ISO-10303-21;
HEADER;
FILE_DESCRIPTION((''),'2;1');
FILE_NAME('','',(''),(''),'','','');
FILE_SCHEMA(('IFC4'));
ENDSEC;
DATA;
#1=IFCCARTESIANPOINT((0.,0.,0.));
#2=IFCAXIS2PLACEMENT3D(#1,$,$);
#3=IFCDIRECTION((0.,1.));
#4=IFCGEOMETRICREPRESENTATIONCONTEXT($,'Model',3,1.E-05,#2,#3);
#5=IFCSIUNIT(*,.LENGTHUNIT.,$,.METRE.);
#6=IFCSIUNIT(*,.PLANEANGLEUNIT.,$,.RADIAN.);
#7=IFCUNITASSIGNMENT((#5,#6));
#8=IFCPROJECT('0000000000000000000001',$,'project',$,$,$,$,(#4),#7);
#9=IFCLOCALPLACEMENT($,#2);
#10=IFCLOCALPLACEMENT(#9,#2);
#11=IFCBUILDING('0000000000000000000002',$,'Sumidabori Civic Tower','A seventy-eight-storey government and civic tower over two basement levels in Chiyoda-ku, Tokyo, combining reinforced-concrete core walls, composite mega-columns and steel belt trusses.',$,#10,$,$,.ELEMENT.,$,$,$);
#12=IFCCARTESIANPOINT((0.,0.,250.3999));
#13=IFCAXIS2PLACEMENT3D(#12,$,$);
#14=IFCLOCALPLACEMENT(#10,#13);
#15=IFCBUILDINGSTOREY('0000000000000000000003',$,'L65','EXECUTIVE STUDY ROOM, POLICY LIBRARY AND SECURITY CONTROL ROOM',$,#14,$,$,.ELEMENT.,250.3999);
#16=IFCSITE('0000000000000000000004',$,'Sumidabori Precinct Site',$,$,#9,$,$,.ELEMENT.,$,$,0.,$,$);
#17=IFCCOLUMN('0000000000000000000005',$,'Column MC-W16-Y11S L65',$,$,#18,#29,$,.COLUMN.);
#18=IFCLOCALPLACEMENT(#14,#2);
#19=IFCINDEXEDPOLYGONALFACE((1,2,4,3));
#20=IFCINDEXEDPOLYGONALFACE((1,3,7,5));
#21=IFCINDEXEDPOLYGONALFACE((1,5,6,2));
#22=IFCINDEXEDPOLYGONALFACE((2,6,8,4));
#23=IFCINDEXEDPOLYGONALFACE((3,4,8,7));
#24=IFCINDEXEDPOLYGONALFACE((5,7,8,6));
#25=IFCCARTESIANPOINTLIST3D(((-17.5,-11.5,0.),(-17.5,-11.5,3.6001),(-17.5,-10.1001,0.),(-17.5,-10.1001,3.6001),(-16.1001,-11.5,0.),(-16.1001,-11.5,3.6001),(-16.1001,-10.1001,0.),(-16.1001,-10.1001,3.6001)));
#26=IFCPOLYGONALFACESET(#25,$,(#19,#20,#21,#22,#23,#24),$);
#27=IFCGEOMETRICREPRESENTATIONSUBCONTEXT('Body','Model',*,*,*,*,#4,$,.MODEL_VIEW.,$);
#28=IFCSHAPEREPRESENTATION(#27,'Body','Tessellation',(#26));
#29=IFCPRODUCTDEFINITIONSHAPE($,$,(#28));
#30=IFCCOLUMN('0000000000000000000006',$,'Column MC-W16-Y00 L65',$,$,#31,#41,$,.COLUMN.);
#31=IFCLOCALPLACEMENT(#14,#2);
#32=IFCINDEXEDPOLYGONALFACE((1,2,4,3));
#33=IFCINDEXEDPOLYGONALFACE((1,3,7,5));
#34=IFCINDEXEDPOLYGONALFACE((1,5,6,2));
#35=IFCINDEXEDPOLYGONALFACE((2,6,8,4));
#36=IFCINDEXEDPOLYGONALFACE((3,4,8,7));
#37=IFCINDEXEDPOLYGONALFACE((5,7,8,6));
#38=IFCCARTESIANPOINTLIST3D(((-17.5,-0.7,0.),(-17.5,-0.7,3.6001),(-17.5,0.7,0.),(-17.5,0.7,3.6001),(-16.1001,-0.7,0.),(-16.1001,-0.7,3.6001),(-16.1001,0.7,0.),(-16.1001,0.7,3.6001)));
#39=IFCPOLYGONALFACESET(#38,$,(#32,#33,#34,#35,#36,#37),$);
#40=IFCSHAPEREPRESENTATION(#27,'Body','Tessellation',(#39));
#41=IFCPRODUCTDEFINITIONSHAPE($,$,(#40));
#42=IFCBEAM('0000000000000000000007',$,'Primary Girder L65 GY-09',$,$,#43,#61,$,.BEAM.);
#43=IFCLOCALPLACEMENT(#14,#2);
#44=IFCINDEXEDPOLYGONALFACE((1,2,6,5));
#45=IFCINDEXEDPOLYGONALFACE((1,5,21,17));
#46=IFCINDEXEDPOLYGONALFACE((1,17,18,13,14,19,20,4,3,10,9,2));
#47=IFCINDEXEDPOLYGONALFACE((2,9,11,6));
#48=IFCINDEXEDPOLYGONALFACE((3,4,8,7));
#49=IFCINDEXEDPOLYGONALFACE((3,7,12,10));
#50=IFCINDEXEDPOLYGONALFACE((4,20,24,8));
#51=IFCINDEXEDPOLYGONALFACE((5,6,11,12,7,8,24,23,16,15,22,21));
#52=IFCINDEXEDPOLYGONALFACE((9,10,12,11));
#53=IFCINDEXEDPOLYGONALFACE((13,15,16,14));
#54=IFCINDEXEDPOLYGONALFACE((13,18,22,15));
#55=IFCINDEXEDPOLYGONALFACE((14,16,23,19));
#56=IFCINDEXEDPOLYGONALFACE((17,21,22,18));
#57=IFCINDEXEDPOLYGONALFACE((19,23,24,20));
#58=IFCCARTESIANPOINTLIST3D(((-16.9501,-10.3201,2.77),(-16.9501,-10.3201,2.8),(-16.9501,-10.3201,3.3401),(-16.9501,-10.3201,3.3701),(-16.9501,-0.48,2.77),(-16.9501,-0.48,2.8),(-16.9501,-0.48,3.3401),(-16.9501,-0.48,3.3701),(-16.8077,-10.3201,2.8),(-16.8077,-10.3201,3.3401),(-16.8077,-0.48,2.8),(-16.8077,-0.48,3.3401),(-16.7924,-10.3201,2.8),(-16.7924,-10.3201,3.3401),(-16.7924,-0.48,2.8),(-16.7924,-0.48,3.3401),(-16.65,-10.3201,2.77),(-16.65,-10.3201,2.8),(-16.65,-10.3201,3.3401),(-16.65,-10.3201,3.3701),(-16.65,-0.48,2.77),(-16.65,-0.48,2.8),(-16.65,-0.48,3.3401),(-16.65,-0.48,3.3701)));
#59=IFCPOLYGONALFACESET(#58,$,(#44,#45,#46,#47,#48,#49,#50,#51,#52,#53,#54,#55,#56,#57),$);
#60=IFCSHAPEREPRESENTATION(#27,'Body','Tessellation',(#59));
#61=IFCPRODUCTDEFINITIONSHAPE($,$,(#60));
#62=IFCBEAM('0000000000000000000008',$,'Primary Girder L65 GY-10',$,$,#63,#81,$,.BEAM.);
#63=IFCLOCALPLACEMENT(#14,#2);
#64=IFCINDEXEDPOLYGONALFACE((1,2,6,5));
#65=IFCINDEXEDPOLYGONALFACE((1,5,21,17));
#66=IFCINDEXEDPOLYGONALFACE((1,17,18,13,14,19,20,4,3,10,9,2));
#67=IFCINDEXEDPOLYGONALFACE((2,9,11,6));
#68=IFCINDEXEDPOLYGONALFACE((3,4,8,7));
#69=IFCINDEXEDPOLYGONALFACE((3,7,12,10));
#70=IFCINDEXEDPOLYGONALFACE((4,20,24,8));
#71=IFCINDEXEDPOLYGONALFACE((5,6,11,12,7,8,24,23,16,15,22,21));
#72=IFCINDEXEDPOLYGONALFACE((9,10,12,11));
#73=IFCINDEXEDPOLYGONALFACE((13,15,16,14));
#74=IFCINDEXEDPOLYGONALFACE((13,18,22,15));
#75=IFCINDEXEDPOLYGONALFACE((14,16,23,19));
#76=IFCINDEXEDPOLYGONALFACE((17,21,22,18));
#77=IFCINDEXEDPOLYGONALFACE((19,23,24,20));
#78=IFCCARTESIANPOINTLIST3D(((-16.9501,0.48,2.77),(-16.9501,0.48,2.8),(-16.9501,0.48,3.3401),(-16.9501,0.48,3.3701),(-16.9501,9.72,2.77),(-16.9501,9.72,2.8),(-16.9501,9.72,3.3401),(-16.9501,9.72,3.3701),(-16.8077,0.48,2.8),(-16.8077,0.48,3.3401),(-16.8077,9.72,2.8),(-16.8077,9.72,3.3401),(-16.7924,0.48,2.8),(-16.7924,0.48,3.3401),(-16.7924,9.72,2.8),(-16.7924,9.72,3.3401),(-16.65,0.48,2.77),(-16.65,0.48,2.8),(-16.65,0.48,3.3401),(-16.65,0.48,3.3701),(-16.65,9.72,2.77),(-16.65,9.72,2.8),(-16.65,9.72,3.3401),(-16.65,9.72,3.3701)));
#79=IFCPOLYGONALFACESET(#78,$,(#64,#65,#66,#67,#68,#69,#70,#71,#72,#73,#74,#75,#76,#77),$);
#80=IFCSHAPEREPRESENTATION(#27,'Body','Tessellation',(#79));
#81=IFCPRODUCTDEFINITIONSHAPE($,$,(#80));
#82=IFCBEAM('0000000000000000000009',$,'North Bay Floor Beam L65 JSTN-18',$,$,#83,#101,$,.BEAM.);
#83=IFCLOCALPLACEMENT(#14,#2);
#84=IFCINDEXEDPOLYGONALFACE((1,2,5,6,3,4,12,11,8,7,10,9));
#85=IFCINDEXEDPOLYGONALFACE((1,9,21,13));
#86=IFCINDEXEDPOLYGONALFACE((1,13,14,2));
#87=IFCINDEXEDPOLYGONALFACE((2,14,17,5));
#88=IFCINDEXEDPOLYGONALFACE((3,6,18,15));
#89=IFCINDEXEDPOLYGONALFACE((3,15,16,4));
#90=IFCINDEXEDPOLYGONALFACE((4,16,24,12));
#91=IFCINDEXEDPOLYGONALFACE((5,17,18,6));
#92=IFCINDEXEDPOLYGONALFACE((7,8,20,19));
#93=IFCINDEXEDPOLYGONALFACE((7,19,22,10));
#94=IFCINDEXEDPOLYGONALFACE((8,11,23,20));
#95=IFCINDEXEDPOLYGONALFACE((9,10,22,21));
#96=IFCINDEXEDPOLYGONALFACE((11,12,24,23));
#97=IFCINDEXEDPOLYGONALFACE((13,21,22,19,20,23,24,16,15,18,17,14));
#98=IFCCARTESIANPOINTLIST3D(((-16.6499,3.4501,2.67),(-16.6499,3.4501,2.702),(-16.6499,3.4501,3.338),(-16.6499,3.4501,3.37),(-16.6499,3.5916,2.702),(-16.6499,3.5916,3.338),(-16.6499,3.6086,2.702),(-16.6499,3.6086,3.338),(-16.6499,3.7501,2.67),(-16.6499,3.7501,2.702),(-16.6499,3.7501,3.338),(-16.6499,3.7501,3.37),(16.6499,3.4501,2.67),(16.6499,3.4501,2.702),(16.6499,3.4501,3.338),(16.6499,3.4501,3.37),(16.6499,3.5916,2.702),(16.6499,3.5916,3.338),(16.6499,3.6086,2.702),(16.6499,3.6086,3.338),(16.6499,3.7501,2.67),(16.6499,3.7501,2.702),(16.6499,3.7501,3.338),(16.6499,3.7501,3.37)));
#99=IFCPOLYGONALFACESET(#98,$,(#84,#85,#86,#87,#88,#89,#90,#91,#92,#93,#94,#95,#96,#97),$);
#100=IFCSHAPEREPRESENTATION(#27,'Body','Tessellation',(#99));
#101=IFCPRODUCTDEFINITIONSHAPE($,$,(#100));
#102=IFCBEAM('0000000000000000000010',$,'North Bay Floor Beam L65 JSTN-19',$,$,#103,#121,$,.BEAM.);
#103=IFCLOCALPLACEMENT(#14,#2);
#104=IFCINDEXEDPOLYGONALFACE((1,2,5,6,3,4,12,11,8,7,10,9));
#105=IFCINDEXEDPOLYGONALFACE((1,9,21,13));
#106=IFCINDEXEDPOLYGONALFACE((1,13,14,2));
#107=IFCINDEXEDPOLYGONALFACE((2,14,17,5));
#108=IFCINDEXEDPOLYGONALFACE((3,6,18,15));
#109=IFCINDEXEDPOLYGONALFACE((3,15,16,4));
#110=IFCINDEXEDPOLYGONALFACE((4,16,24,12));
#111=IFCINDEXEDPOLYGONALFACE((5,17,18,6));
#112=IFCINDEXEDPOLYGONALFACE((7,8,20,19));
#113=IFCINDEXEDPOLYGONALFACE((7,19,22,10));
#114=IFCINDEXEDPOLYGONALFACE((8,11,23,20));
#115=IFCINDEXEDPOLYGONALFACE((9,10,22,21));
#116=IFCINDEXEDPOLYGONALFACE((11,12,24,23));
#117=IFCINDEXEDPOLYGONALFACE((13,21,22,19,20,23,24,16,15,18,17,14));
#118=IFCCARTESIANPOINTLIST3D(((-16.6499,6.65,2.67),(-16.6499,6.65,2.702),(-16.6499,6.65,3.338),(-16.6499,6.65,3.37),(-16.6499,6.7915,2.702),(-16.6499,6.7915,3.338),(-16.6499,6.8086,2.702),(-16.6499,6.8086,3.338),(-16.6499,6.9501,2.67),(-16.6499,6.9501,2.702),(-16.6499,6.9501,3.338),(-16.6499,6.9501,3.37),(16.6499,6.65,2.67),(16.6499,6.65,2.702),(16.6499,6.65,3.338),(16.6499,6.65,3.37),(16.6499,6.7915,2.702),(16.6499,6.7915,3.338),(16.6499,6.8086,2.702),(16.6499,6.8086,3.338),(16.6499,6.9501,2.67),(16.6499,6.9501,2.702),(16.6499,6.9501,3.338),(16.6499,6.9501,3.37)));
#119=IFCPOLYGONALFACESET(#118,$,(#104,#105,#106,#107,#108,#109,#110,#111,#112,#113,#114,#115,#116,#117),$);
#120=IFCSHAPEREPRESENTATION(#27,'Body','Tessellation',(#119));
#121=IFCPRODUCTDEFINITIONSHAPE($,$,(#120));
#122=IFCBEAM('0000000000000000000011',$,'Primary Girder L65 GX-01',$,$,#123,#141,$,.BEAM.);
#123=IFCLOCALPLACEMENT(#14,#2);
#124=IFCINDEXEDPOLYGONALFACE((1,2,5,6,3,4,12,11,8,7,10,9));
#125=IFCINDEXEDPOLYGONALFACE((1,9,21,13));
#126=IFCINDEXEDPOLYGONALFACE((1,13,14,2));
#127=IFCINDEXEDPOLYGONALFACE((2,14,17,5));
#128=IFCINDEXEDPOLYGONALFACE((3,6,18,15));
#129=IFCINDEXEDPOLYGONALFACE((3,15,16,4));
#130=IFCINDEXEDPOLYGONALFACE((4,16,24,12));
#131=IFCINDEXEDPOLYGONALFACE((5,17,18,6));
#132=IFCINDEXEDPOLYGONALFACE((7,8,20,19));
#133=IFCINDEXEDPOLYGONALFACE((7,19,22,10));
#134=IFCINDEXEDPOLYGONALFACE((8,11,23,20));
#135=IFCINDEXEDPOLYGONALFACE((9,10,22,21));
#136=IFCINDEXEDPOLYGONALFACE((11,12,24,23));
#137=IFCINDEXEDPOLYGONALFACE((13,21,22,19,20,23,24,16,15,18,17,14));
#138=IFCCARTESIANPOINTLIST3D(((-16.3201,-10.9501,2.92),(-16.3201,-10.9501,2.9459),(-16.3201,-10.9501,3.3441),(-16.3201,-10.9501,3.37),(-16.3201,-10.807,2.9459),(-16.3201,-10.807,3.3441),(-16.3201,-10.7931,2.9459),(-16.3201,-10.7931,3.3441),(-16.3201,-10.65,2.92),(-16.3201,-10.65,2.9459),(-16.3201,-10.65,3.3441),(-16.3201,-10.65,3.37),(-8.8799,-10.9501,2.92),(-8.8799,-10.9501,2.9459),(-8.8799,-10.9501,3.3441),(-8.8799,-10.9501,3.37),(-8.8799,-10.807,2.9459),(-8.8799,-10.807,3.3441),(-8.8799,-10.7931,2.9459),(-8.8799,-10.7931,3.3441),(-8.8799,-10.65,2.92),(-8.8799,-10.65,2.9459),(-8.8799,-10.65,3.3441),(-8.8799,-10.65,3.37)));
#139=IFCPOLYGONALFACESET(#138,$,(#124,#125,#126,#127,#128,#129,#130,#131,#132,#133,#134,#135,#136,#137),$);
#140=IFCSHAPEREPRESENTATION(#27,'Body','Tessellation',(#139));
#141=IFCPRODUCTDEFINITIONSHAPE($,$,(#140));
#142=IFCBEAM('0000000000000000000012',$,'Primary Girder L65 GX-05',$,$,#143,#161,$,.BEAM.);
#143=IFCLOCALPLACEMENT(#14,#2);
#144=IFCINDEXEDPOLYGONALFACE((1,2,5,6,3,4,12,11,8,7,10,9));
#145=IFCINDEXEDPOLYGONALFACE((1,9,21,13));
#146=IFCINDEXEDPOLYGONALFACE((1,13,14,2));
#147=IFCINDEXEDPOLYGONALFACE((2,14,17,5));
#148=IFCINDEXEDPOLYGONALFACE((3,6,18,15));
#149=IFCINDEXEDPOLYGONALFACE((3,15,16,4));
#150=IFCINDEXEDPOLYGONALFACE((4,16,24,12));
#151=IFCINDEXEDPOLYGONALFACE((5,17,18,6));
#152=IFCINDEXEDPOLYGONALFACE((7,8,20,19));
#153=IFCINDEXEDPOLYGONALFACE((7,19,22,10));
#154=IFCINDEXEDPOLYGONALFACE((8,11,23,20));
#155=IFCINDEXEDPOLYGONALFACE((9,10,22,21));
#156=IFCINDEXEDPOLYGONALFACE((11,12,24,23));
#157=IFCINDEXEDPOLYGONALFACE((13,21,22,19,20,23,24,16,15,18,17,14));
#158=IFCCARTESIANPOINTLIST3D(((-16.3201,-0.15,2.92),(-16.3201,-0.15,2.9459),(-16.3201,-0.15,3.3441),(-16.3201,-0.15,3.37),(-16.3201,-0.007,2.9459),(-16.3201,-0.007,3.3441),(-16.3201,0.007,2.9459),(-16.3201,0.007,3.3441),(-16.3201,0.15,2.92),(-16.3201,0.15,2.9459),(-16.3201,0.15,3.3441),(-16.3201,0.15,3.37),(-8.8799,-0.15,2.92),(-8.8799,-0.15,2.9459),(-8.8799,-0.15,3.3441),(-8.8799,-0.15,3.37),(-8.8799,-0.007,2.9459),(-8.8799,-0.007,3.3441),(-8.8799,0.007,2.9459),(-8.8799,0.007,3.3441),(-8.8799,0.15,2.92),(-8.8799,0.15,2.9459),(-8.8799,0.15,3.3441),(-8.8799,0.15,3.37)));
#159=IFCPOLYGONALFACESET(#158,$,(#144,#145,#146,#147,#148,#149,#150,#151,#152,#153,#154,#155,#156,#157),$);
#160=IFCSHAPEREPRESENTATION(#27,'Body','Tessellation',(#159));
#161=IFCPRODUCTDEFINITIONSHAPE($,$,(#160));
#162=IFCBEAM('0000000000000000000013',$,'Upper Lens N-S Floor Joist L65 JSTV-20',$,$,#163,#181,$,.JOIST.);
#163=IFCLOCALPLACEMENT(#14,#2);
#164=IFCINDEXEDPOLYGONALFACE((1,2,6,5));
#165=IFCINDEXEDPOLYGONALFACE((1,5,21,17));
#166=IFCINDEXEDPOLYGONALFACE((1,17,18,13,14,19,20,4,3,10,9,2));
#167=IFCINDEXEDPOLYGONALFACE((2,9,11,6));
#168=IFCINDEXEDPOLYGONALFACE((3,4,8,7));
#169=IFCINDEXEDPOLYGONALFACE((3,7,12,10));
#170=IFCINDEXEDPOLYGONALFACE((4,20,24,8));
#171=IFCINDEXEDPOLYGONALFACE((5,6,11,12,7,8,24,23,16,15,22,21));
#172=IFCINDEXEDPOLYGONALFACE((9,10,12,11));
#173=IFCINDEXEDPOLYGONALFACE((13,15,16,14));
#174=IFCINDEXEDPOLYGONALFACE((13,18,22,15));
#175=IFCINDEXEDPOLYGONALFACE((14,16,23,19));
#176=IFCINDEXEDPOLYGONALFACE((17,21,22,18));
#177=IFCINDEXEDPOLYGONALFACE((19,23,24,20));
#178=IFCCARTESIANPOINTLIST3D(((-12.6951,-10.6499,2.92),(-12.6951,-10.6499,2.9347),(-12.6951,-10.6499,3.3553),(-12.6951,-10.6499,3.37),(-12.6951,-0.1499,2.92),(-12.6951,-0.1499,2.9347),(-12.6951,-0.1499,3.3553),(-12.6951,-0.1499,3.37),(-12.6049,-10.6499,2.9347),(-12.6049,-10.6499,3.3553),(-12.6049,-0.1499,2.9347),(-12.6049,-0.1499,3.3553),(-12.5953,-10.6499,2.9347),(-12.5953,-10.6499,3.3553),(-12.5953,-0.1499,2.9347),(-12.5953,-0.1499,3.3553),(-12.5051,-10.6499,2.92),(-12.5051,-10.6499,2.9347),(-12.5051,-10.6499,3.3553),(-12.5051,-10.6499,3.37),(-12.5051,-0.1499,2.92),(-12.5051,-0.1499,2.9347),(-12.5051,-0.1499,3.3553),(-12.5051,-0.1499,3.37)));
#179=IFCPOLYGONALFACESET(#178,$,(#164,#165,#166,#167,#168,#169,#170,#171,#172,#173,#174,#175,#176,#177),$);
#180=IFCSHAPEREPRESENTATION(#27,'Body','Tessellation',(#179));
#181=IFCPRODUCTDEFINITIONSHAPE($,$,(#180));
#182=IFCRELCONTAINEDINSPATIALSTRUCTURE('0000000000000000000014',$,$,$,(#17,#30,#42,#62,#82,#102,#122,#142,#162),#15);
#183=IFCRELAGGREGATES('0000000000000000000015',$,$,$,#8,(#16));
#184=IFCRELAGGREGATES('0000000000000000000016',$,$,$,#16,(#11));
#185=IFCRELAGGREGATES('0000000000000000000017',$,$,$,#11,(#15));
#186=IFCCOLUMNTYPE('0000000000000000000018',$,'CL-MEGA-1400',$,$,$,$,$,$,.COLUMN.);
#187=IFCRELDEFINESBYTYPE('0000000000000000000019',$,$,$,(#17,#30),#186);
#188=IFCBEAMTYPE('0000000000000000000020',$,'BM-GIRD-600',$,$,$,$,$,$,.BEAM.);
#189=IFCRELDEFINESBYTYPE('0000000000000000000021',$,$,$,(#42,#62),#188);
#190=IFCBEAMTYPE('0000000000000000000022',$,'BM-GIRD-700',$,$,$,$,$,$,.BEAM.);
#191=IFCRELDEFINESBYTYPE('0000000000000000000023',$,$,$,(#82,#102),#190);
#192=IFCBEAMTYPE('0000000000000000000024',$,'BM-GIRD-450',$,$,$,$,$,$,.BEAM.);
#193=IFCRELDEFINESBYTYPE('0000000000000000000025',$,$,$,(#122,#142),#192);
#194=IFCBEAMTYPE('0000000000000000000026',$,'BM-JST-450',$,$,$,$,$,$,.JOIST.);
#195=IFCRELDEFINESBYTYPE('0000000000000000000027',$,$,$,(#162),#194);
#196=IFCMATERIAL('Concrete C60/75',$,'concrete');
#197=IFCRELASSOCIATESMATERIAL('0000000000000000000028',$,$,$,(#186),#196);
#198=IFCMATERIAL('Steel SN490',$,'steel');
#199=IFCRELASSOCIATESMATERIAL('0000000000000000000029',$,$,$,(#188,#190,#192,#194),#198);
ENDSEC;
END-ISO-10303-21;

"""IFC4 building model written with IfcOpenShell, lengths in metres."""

from ifc_helpers import new_model, si_unit, direction, frame, origin, origin_2d, place, context, subcontext, project, spatial, rectangle, i_section, extrude, source, transform, mapped, material, material_profile, profile_set, type_object, element, save


model = new_model("IFC4")

# Units and contexts
model_context = context("Model", 3, precision=1e-05, world=origin(), true_north=direction((0.0, 1.0)))
body_context = subcontext(model_context, "Body", "Model", "MODEL_VIEW")
ifc_project = project(units=[si_unit("LENGTHUNIT", "METRE"), si_unit("PLANEANGLEUNIT", "RADIAN")], contexts=[model_context])

# Site, building, storey
site_placement = place(None, origin())
site = spatial("IfcSite", under=ifc_project, at=site_placement, Name="Sumidabori Precinct Site", CompositionType="ELEMENT", RefElevation=0.0)
building_placement = place(site_placement, origin())
building = spatial("IfcBuilding", under=site, at=building_placement, Name="Sumidabori Civic Tower", Description="A seventy-eight-storey government and civic tower over two basement levels in Chiyoda-ku, Tokyo, combining reinforced-concrete core walls, composite mega-columns and steel belt trusses.", CompositionType="ELEMENT")
storey_placement = place(building_placement, frame((0.0, 0.0, 250.3999)))
storey = spatial("IfcBuildingStorey", under=building, at=storey_placement, Name="L65", Description="EXECUTIVE STUDY ROOM, POLICY LIBRARY AND SECURITY CONTROL ROOM", CompositionType="ELEMENT", Elevation=250.3999)

# Columns
ifc_material_1 = material(Name="Concrete C60/75", Category="concrete")
ifc_material_profile_1 = material_profile(ifc_material_1, rectangle(XDim=1.3999, YDim=1.3999, at=origin_2d()), Name="RC 1400x1400")
ifc_profile_set_1 = profile_set([ifc_material_profile_1], Name="Concrete C60/75")
column_type = type_object("IfcColumnType", Name="CL-MEGA-1400", PredefinedType="COLUMN", material=ifc_profile_set_1)
shared_shape_1 = source(origin(), body_context, "Body", "SweptSolid", [
    extrude(rectangle(XDim=1.3999, YDim=1.3999, at=origin_2d()), origin(), (0.0, 0.0, 1.0), 3.6001),
])
for number, where, z_axis, x_axis, name in (
    (1, (-16.8, -10.8, 0.0), (0.0, 0.0, 1.0), (1.0, 0.0, 0.0), "Column MC-W16-Y11S L65"),
    (2, (-16.8, 0.0, 0.0), (0.0, 0.0, 1.0), (1.0, 0.0, 0.0), "Column MC-W16-Y00 L65"),
):
    element("IfcColumn", number, at=place(storey_placement, frame(where, z_axis=z_axis, x_axis=x_axis)), inside=storey, type_object=column_type, Name=name, PredefinedType="COLUMN", context=body_context, shape_type="MappedRepresentation", body=[
        mapped(shared_shape_1, transform((0.0, 0.0, 0.0), x_axis=(1.0, 0.0, 0.0), y_axis=(0.0, 1.0, 0.0), z_axis=(0.0, 0.0, 1.0), scale=1.0)),
    ])

# Beams
ifc_material_2 = material(Name="Steel SN490", Category="steel")
ifc_material_profile_2 = material_profile(ifc_material_2, i_section(OverallWidth=0.3, OverallDepth=0.6001, WebThickness=0.0154, FlangeThickness=0.03, at=origin_2d()), Name="HE 600 B")
ifc_profile_set_2 = profile_set([ifc_material_profile_2], Name="Steel SN490")
beam_type_1 = type_object("IfcBeamType", Name="BM-GIRD-600", PredefinedType="BEAM", material=ifc_profile_set_2)
shared_shape_2 = source(origin(), body_context, "Body", "SweptSolid", [
    extrude(i_section(OverallWidth=0.3, OverallDepth=0.6001, WebThickness=0.0154, FlangeThickness=0.03, at=origin_2d()), origin(), (0.0, 0.0, 1.0), 9.8401),
])
beam_1_placement = place(storey_placement, frame((-16.8, -10.3201, 3.0701), z_axis=(0.0, 1.0, 0.0), x_axis=(-1.0, 0.0, 0.0)))
element("IfcBeam", 3, at=beam_1_placement, inside=storey, type_object=beam_type_1, Name="Primary Girder L65 GY-09", PredefinedType="BEAM", context=body_context, shape_type="MappedRepresentation", body=[
    mapped(shared_shape_2, transform((0.0, 0.0, 0.0), x_axis=(1.0, 0.0, 0.0), y_axis=(0.0, 1.0, 0.0), z_axis=(0.0, 0.0, 1.0), scale=1.0)),
])
shared_shape_3 = source(origin(), body_context, "Body", "SweptSolid", [
    extrude(i_section(OverallWidth=0.3, OverallDepth=0.6001, WebThickness=0.0154, FlangeThickness=0.03, at=origin_2d()), origin(), (0.0, 0.0, 1.0), 9.24),
])
beam_2_placement = place(storey_placement, frame((-16.8, 0.48, 3.0701), z_axis=(0.0, 1.0, 0.0), x_axis=(-1.0, 0.0, 0.0)))
element("IfcBeam", 4, at=beam_2_placement, inside=storey, type_object=beam_type_1, Name="Primary Girder L65 GY-10", PredefinedType="BEAM", context=body_context, shape_type="MappedRepresentation", body=[
    mapped(shared_shape_3, transform((0.0, 0.0, 0.0), x_axis=(1.0, 0.0, 0.0), y_axis=(0.0, 1.0, 0.0), z_axis=(0.0, 0.0, 1.0), scale=1.0)),
])
ifc_material_profile_3 = material_profile(ifc_material_2, i_section(OverallWidth=0.3, OverallDepth=0.7, WebThickness=0.0171, FlangeThickness=0.032, at=origin_2d()), Name="HE 700 B")
ifc_profile_set_3 = profile_set([ifc_material_profile_3], Name="Steel SN490")
beam_type_2 = type_object("IfcBeamType", Name="BM-GIRD-700", PredefinedType="BEAM", material=ifc_profile_set_3)
shared_shape_4 = source(origin(), body_context, "Body", "SweptSolid", [
    extrude(i_section(OverallWidth=0.3, OverallDepth=0.7, WebThickness=0.0171, FlangeThickness=0.032, at=origin_2d()), origin(), (0.0, 0.0, 1.0), 33.2998),
])
for number, where, z_axis, x_axis, name in (
    (5, (-16.6499, 3.6001, 3.02), (1.0, 0.0, 0.0), (0.0, 1.0, 0.0), "North Bay Floor Beam L65 JSTN-18"),
    (6, (-16.6499, 6.8, 3.02), (1.0, 0.0, 0.0), (0.0, 1.0, 0.0), "North Bay Floor Beam L65 JSTN-19"),
):
    element("IfcBeam", number, at=place(storey_placement, frame(where, z_axis=z_axis, x_axis=x_axis)), inside=storey, type_object=beam_type_2, Name=name, PredefinedType="BEAM", context=body_context, shape_type="MappedRepresentation", body=[
        mapped(shared_shape_4, transform((0.0, 0.0, 0.0), x_axis=(1.0, 0.0, 0.0), y_axis=(0.0, 1.0, 0.0), z_axis=(0.0, 0.0, 1.0), scale=1.0)),
    ])
ifc_material_profile_4 = material_profile(ifc_material_2, i_section(OverallWidth=0.3, OverallDepth=0.45, WebThickness=0.0139, FlangeThickness=0.0259, at=origin_2d()), Name="HE 450 B")
ifc_profile_set_4 = profile_set([ifc_material_profile_4], Name="Steel SN490")
beam_type_3 = type_object("IfcBeamType", Name="BM-GIRD-450", PredefinedType="BEAM", material=ifc_profile_set_4)
shared_shape_5 = source(origin(), body_context, "Body", "SweptSolid", [
    extrude(i_section(OverallWidth=0.3, OverallDepth=0.45, WebThickness=0.0139, FlangeThickness=0.0259, at=origin_2d()), origin(), (0.0, 0.0, 1.0), 7.4402),
])
for number, where, z_axis, x_axis, name in (
    (7, (-16.3201, -10.8, 3.145), (1.0, 0.0, 0.0), (0.0, 1.0, 0.0), "Primary Girder L65 GX-01"),
    (8, (-16.3201, 0.0, 3.145), (1.0, 0.0, 0.0), (0.0, 1.0, 0.0), "Primary Girder L65 GX-05"),
):
    element("IfcBeam", number, at=place(storey_placement, frame(where, z_axis=z_axis, x_axis=x_axis)), inside=storey, type_object=beam_type_3, Name=name, PredefinedType="BEAM", context=body_context, shape_type="MappedRepresentation", body=[
        mapped(shared_shape_5, transform((0.0, 0.0, 0.0), x_axis=(1.0, 0.0, 0.0), y_axis=(0.0, 1.0, 0.0), z_axis=(0.0, 0.0, 1.0), scale=1.0)),
    ])
ifc_material_profile_5 = material_profile(ifc_material_2, i_section(OverallWidth=0.1899, OverallDepth=0.45, WebThickness=0.0095, FlangeThickness=0.0146, at=origin_2d()), Name="IPE 450")
ifc_profile_set_5 = profile_set([ifc_material_profile_5], Name="Steel SN490")
beam_type_4 = type_object("IfcBeamType", Name="BM-JST-450", PredefinedType="JOIST", material=ifc_profile_set_5)
shared_shape_6 = source(origin(), body_context, "Body", "SweptSolid", [
    extrude(i_section(OverallWidth=0.1899, OverallDepth=0.45, WebThickness=0.0095, FlangeThickness=0.0146, at=origin_2d()), origin(), (0.0, 0.0, 1.0), 10.5),
])
beam_3_placement = place(storey_placement, frame((-12.6001, -10.6499, 3.145), z_axis=(0.0, 1.0, 0.0), x_axis=(-1.0, 0.0, 0.0)))
element("IfcBeam", 9, at=beam_3_placement, inside=storey, type_object=beam_type_4, Name="Upper Lens N-S Floor Joist L65 JSTV-20", PredefinedType="JOIST", context=body_context, shape_type="MappedRepresentation", body=[
    mapped(shared_shape_6, transform((0.0, 0.0, 0.0), x_axis=(1.0, 0.0, 0.0), y_axis=(0.0, 1.0, 0.0), z_axis=(0.0, 0.0, 1.0), scale=1.0)),
])

save(model, "model.ifc")
